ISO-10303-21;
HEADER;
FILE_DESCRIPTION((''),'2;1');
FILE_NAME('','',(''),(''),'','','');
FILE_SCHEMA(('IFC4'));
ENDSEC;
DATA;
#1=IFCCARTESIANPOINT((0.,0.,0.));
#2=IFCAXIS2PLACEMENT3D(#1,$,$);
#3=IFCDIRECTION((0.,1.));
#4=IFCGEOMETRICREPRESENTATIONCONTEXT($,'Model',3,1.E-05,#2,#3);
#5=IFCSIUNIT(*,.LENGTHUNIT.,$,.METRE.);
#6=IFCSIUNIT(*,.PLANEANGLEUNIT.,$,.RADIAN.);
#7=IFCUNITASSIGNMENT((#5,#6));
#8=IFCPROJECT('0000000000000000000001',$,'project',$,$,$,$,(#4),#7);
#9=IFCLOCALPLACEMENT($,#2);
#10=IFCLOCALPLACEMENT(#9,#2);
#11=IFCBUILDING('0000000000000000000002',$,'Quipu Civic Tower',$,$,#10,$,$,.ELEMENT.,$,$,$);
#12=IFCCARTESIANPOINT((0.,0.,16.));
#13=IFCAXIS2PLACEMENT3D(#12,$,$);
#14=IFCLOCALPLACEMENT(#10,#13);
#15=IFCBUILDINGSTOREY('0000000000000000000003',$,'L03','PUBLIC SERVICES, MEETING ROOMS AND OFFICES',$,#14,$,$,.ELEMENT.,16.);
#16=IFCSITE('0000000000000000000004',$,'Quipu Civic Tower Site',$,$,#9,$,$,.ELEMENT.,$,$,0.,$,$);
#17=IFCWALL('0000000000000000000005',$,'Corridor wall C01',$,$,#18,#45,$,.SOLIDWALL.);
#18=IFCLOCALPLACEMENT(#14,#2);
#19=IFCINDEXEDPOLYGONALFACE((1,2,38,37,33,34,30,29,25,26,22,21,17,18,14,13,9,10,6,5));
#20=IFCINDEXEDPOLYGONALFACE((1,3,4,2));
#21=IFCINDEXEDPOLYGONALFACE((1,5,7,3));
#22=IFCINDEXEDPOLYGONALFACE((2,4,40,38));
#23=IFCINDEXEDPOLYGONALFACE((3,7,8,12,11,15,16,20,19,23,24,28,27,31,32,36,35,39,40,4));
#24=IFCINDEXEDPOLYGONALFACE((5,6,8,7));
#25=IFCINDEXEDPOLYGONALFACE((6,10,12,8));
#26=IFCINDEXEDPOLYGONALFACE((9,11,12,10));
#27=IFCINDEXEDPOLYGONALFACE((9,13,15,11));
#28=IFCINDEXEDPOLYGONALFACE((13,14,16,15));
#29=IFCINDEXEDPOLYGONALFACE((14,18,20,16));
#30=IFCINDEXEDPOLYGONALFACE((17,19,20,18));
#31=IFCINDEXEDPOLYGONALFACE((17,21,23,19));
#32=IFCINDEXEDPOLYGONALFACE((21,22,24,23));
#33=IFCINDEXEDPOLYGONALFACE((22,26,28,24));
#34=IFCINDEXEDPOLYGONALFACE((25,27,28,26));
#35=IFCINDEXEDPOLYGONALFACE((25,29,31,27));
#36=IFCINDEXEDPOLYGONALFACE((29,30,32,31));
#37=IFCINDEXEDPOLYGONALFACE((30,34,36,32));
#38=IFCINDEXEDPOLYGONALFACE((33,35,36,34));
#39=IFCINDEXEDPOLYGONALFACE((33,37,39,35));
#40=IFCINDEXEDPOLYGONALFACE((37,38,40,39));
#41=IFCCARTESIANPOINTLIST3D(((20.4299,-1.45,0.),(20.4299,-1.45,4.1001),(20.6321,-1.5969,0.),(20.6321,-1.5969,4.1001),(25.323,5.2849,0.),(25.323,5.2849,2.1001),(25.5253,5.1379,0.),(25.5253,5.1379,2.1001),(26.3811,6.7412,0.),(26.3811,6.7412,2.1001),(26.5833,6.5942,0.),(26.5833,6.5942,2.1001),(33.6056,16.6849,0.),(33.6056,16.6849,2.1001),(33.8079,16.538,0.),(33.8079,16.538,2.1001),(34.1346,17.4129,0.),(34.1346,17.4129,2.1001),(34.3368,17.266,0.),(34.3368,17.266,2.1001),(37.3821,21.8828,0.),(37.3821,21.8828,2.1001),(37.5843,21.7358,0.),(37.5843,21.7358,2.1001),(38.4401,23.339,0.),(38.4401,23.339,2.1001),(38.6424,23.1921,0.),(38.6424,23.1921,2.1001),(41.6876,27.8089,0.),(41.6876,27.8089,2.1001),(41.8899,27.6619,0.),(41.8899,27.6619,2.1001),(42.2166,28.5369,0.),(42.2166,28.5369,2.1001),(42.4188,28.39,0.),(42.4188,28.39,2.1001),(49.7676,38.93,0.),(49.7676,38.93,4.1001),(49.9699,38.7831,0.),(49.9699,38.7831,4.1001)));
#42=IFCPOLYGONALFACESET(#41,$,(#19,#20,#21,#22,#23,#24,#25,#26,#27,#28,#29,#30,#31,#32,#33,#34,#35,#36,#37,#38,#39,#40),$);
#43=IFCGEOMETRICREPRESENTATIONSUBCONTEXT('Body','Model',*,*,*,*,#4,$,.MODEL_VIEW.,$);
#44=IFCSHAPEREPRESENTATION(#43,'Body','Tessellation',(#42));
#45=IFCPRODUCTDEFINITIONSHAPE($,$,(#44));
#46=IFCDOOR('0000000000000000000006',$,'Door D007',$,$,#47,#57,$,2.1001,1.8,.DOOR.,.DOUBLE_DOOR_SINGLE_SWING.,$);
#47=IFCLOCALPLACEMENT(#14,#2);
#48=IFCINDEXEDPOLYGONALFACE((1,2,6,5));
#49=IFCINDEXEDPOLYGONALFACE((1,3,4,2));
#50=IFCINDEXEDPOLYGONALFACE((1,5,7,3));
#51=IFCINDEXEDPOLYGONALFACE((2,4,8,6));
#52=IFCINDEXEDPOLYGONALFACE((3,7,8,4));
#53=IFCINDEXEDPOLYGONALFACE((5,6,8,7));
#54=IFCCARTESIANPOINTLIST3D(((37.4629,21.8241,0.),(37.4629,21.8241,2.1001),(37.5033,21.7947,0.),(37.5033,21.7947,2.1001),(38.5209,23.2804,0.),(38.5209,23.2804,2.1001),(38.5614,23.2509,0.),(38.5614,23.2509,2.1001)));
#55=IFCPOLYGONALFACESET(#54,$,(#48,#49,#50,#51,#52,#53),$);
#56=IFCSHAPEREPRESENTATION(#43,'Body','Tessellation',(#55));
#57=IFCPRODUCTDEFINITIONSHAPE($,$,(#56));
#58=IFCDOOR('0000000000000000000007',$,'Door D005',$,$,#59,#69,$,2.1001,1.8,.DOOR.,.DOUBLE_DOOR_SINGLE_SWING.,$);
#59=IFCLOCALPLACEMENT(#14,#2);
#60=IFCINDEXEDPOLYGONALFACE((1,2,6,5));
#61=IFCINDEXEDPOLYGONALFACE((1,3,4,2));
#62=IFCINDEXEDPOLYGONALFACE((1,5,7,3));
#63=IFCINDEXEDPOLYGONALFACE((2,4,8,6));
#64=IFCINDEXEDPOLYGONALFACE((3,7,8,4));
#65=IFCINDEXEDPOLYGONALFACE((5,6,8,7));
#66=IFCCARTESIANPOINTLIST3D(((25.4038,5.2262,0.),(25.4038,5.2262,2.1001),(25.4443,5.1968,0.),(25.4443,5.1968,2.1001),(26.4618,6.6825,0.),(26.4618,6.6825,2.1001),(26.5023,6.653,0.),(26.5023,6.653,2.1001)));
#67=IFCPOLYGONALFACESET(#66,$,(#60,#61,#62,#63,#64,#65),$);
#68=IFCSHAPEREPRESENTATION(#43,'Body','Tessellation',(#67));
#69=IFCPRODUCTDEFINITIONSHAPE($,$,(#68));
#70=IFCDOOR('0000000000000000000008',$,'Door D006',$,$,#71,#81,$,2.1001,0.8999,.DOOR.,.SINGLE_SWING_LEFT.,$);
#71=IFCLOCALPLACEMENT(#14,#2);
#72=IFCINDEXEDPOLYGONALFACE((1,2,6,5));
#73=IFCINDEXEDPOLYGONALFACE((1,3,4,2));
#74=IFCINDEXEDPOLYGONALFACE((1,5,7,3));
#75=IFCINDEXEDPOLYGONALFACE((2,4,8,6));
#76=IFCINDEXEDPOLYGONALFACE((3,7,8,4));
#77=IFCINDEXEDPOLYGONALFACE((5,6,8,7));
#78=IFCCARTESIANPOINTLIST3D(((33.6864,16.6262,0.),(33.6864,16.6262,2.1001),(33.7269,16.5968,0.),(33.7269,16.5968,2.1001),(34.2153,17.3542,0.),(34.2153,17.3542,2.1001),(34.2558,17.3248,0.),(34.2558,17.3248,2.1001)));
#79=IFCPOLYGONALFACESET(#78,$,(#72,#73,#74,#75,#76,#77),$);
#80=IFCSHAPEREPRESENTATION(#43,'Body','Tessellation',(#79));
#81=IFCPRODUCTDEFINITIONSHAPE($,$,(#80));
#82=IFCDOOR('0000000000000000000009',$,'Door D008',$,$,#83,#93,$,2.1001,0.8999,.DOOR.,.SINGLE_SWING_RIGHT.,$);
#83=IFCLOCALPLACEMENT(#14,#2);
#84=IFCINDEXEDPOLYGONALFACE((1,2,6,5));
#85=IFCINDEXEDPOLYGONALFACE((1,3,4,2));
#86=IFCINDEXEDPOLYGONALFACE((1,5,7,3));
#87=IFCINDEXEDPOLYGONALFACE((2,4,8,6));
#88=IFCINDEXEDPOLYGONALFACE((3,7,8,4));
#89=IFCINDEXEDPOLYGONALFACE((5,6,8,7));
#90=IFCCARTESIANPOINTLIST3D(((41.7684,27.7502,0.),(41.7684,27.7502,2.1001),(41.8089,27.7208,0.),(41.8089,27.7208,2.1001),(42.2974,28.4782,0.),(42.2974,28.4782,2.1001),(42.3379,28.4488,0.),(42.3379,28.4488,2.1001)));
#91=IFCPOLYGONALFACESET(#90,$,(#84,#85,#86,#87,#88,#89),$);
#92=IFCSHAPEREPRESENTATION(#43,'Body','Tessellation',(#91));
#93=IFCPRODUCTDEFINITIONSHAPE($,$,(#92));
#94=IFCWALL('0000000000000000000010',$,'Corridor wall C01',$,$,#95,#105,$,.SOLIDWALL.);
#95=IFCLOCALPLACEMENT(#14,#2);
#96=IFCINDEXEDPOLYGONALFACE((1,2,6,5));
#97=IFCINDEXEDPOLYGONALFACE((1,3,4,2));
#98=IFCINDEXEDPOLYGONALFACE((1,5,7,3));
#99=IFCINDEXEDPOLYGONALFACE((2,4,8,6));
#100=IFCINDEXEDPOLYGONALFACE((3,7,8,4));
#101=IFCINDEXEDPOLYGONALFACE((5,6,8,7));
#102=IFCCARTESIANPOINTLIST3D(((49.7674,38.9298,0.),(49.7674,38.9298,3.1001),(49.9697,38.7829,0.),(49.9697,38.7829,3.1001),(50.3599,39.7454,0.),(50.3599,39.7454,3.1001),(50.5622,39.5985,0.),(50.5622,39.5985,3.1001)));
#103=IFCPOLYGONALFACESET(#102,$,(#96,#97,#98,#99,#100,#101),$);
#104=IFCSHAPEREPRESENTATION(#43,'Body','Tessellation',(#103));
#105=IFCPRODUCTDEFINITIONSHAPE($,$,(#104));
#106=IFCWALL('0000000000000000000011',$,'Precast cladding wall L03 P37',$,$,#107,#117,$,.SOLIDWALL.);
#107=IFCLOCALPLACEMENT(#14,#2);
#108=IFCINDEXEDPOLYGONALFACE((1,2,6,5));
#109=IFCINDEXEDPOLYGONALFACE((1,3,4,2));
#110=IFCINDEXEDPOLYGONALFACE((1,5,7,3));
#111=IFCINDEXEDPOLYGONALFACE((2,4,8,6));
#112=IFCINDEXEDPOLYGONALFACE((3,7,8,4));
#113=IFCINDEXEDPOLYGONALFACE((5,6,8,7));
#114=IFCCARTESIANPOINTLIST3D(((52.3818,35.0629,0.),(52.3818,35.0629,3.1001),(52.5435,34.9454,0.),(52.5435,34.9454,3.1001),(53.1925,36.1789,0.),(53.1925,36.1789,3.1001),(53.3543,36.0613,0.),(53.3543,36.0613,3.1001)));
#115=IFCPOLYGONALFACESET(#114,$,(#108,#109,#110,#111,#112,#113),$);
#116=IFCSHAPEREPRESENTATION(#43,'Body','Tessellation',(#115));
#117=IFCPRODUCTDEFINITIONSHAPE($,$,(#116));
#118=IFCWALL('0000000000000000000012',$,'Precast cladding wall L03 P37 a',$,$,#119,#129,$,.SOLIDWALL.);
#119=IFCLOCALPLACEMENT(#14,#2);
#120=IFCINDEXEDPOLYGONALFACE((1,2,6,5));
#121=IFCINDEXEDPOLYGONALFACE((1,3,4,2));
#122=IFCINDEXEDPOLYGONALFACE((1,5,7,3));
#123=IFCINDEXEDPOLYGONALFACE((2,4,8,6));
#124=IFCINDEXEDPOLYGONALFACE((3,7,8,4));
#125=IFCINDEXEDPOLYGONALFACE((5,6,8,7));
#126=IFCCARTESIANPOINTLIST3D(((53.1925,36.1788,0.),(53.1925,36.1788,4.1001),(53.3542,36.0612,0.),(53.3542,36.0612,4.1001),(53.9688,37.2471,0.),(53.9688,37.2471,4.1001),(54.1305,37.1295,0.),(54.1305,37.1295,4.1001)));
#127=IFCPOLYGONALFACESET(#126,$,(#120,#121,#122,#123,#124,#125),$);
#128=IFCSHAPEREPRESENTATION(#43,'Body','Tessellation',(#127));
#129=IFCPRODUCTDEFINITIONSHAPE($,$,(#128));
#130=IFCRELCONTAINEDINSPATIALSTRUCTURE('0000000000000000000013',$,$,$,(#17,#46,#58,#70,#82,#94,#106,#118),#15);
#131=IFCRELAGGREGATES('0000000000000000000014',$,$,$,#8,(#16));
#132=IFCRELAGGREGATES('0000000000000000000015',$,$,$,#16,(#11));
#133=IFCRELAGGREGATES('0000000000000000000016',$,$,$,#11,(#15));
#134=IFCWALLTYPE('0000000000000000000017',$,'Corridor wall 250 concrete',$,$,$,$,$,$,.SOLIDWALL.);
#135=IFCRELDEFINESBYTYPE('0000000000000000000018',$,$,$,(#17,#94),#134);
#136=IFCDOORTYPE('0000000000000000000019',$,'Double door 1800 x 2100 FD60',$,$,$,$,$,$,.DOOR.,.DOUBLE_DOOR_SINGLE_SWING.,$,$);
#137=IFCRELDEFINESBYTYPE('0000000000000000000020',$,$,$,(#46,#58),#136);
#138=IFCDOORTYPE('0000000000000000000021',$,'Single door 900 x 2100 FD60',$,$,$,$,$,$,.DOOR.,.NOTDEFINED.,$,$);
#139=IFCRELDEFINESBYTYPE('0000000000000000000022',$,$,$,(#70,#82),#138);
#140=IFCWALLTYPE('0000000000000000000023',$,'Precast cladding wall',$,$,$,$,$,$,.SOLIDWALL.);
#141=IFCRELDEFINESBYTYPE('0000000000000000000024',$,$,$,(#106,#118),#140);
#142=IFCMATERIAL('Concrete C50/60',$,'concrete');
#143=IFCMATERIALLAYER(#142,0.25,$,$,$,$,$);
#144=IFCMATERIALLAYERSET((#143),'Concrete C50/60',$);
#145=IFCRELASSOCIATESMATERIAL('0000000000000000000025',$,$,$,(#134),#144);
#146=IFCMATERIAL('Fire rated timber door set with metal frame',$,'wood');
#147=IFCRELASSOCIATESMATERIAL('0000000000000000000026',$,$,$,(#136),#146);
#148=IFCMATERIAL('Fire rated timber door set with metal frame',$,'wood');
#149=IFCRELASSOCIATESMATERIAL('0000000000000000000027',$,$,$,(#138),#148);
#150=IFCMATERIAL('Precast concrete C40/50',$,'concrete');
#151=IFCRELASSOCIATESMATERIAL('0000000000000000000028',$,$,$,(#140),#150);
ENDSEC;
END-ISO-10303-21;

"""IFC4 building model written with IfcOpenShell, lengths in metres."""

from ifc_helpers import new_model, si_unit, direction, frame, frame_2d, origin, place, context, subcontext, project, spatial, rectangle, extrude, material, layer, layer_set, type_object, element, fill, save


model = new_model("IFC4")

# Units and contexts
model_context = context("Model", 3, precision=1e-05, world=origin(), true_north=direction((0.0, 1.0)))
body_context = subcontext(model_context, "Body", "Model", "MODEL_VIEW")
ifc_project = project(units=[si_unit("LENGTHUNIT", "METRE"), si_unit("PLANEANGLEUNIT", "RADIAN")], contexts=[model_context])

# Site, building, storey
site_placement = place(None, origin())
site = spatial("IfcSite", under=ifc_project, at=site_placement, Name="Quipu Civic Tower Site", CompositionType="ELEMENT", RefElevation=0.0)
building_placement = place(site_placement, origin())
building = spatial("IfcBuilding", under=site, at=building_placement, Name="Quipu Civic Tower", CompositionType="ELEMENT")
storey_placement = place(building_placement, frame((0.0, 0.0, 16.0)))
storey = spatial("IfcBuildingStorey", under=building, at=storey_placement, Name="L03", Description="PUBLIC SERVICES, MEETING ROOMS AND OFFICES", CompositionType="ELEMENT", Elevation=16.0)

# Wall, openings, doors
ifc_material_1 = material(Name="Concrete C50/60", Category="concrete")
ifc_layer_1 = layer(ifc_material_1, 0.25)
ifc_layer_set_1 = layer_set([ifc_layer_1], Name="Concrete C50/60")
wall_type_1 = type_object("IfcWallType", Name="Corridor wall 250 concrete", PredefinedType="SOLIDWALL", material=ifc_layer_set_1)
wall_1_placement = place(storey_placement, frame((49.8687, 38.8564, 0.0), z_axis=(0.0, 0.0, 1.0), x_axis=(-0.587785, -0.809018, 0.0)))
wall_1 = element("IfcWall", 1, at=wall_1_placement, inside=storey, type_object=wall_type_1, Name="Corridor wall C01", PredefinedType="SOLIDWALL", context=body_context, shape_type="SweptSolid", body=[
    extrude(rectangle(XDim=49.9124, YDim=0.25, at=frame_2d((24.9561, 0.0))), origin(), (0.0, 0.0, 1.0), 4.1001),
])
opening_1_placement = place(wall_1_placement, frame((19.2715, 0.0, 0.0)))
opening_1 = element("IfcOpeningElement", 2, at=opening_1_placement, cuts=wall_1, PredefinedType="OPENING", context=body_context, shape_type="SweptSolid", body=[
    extrude(rectangle(XDim=1.8, YDim=2.1001, at=frame_2d((0.8999, 1.05))), frame((0.0, 0.135, 0.0), z_axis=(0.0, -1.0, 0.0), x_axis=(1.0, 0.0, 0.0)), (0.0, 0.0, 1.0), 0.27),
])
opening_2_placement = place(wall_1_placement, frame((26.5964, 0.0, 0.0)))
opening_2 = element("IfcOpeningElement", 3, at=opening_2_placement, cuts=wall_1, PredefinedType="OPENING", context=body_context, shape_type="SweptSolid", body=[
    extrude(rectangle(XDim=0.8999, YDim=2.1001, at=frame_2d((0.45, 1.05))), frame((0.0, 0.135, 0.0), z_axis=(0.0, -1.0, 0.0), x_axis=(1.0, 0.0, 0.0)), (0.0, 0.0, 1.0), 0.27),
])
opening_3_placement = place(wall_1_placement, frame((12.8464, 0.0, 0.0)))
opening_3 = element("IfcOpeningElement", 4, at=opening_3_placement, cuts=wall_1, PredefinedType="OPENING", context=body_context, shape_type="SweptSolid", body=[
    extrude(rectangle(XDim=0.8999, YDim=2.1001, at=frame_2d((0.45, 1.05))), frame((0.0, 0.135, 0.0), z_axis=(0.0, -1.0, 0.0), x_axis=(1.0, 0.0, 0.0)), (0.0, 0.0, 1.0), 0.27),
])
opening_4_placement = place(wall_1_placement, frame((39.7876, 0.0, 0.0)))
opening_4 = element("IfcOpeningElement", 5, at=opening_4_placement, cuts=wall_1, PredefinedType="OPENING", context=body_context, shape_type="SweptSolid", body=[
    extrude(rectangle(XDim=1.8, YDim=2.1001, at=frame_2d((0.8999, 1.05))), frame((0.0, 0.135, 0.0), z_axis=(0.0, -1.0, 0.0), x_axis=(1.0, 0.0, 0.0)), (0.0, 0.0, 1.0), 0.27),
])
ifc_material_2 = material(Name="Fire rated timber door set with metal frame", Category="wood")
door_type_1 = type_object("IfcDoorType", Name="Double door 1800 x 2100 FD60", OperationType="DOUBLE_DOOR_SINGLE_SWING", PredefinedType="DOOR", material=ifc_material_2)
door_1_placement = place(opening_1_placement, origin())
door_1 = element("IfcDoor", 6, at=door_1_placement, inside=storey, type_object=door_type_1, Name="Door D007", OperationType="DOUBLE_DOOR_SINGLE_SWING", OverallHeight=2.1001, OverallWidth=1.8, PredefinedType="DOOR", context=body_context, shape_type="SweptSolid", body=[
    extrude(rectangle(XDim=1.8, YDim=2.1001, at=frame_2d((0.8999, 1.05))), frame((0.0, 0.0249, 0.0), z_axis=(0.0, -1.0, 0.0), x_axis=(1.0, 0.0, 0.0)), (0.0, 0.0, 1.0), 0.05),
])
fill(opening_1, door_1)
door_2_placement = place(opening_4_placement, origin())
door_2 = element("IfcDoor", 7, at=door_2_placement, inside=storey, type_object=door_type_1, Name="Door D005", OperationType="DOUBLE_DOOR_SINGLE_SWING", OverallHeight=2.1001, OverallWidth=1.8, PredefinedType="DOOR", context=body_context, shape_type="SweptSolid", body=[
    extrude(rectangle(XDim=1.8, YDim=2.1001, at=frame_2d((0.8999, 1.05))), frame((0.0, 0.0249, 0.0), z_axis=(0.0, -1.0, 0.0), x_axis=(1.0, 0.0, 0.0)), (0.0, 0.0, 1.0), 0.05),
])
fill(opening_4, door_2)
ifc_material_3 = material(Name="Fire rated timber door set with metal frame", Category="wood")
door_type_2 = type_object("IfcDoorType", Name="Single door 900 x 2100 FD60", OperationType="NOTDEFINED", PredefinedType="DOOR", material=ifc_material_3)
door_3_placement = place(opening_2_placement, origin())
door_3 = element("IfcDoor", 8, at=door_3_placement, inside=storey, type_object=door_type_2, Name="Door D006", OperationType="SINGLE_SWING_LEFT", OverallHeight=2.1001, OverallWidth=0.8999, PredefinedType="DOOR", context=body_context, shape_type="SweptSolid", body=[
    extrude(rectangle(XDim=0.8999, YDim=2.1001, at=frame_2d((0.45, 1.05))), frame((0.0, 0.0249, 0.0), z_axis=(0.0, -1.0, 0.0), x_axis=(1.0, 0.0, 0.0)), (0.0, 0.0, 1.0), 0.05),
])
fill(opening_2, door_3)
door_4_placement = place(opening_3_placement, origin())
door_4 = element("IfcDoor", 9, at=door_4_placement, inside=storey, type_object=door_type_2, Name="Door D008", OperationType="SINGLE_SWING_RIGHT", OverallHeight=2.1001, OverallWidth=0.8999, PredefinedType="DOOR", context=body_context, shape_type="SweptSolid", body=[
    extrude(rectangle(XDim=0.8999, YDim=2.1001, at=frame_2d((0.45, 1.05))), frame((0.0, 0.0249, 0.0), z_axis=(0.0, -1.0, 0.0), x_axis=(1.0, 0.0, 0.0)), (0.0, 0.0, 1.0), 0.05),
])
fill(opening_3, door_4)

# Walls
wall_2_placement = place(storey_placement, frame((49.8687, 38.8564, 0.0), z_axis=(0.0, 0.0, 1.0), x_axis=(0.587725, 0.809061, 0.0)))
element("IfcWall", 10, at=wall_2_placement, inside=storey, type_object=wall_type_1, Name="Corridor wall C01", PredefinedType="SOLIDWALL", context=body_context, shape_type="SweptSolid", body=[
    extrude(rectangle(XDim=1.0081, YDim=0.25, at=frame_2d((0.5039, 0.0))), origin(), (0.0, 0.0, 1.0), 3.1001),
])
ifc_material_4 = material(Name="Precast concrete C40/50", Category="concrete")
wall_type_2 = type_object("IfcWallType", Name="Precast cladding wall", PredefinedType="SOLIDWALL", material=ifc_material_4)
wall_3_placement = place(storey_placement, frame((52.4626, 35.0042, 0.0), z_axis=(0.0, 0.0, 1.0), x_axis=(0.587782, 0.809019, 0.0)))
element("IfcWall", 11, at=wall_3_placement, inside=storey, type_object=wall_type_2, Name="Precast cladding wall L03 P37", PredefinedType="SOLIDWALL", context=body_context, shape_type="SweptSolid", body=[
    extrude(rectangle(XDim=1.3794, YDim=0.2, at=frame_2d((0.6897, 0.0))), origin(), (0.0, 0.0, 1.0), 3.1001),
])
wall_4_placement = place(storey_placement, frame((53.2734, 36.1201, 0.0), z_axis=(0.0, 0.0, 1.0), x_axis=(0.587864, 0.80896, 0.0)))
element("IfcWall", 12, at=wall_4_placement, inside=storey, type_object=wall_type_2, Name="Precast cladding wall L03 P37 a", PredefinedType="SOLIDWALL", context=body_context, shape_type="SweptSolid", body=[
    extrude(rectangle(XDim=1.3206, YDim=0.2, at=frame_2d((0.6602, 0.0))), origin(), (0.0, 0.0, 1.0), 4.1001),
])

save(model, "model.ifc")
